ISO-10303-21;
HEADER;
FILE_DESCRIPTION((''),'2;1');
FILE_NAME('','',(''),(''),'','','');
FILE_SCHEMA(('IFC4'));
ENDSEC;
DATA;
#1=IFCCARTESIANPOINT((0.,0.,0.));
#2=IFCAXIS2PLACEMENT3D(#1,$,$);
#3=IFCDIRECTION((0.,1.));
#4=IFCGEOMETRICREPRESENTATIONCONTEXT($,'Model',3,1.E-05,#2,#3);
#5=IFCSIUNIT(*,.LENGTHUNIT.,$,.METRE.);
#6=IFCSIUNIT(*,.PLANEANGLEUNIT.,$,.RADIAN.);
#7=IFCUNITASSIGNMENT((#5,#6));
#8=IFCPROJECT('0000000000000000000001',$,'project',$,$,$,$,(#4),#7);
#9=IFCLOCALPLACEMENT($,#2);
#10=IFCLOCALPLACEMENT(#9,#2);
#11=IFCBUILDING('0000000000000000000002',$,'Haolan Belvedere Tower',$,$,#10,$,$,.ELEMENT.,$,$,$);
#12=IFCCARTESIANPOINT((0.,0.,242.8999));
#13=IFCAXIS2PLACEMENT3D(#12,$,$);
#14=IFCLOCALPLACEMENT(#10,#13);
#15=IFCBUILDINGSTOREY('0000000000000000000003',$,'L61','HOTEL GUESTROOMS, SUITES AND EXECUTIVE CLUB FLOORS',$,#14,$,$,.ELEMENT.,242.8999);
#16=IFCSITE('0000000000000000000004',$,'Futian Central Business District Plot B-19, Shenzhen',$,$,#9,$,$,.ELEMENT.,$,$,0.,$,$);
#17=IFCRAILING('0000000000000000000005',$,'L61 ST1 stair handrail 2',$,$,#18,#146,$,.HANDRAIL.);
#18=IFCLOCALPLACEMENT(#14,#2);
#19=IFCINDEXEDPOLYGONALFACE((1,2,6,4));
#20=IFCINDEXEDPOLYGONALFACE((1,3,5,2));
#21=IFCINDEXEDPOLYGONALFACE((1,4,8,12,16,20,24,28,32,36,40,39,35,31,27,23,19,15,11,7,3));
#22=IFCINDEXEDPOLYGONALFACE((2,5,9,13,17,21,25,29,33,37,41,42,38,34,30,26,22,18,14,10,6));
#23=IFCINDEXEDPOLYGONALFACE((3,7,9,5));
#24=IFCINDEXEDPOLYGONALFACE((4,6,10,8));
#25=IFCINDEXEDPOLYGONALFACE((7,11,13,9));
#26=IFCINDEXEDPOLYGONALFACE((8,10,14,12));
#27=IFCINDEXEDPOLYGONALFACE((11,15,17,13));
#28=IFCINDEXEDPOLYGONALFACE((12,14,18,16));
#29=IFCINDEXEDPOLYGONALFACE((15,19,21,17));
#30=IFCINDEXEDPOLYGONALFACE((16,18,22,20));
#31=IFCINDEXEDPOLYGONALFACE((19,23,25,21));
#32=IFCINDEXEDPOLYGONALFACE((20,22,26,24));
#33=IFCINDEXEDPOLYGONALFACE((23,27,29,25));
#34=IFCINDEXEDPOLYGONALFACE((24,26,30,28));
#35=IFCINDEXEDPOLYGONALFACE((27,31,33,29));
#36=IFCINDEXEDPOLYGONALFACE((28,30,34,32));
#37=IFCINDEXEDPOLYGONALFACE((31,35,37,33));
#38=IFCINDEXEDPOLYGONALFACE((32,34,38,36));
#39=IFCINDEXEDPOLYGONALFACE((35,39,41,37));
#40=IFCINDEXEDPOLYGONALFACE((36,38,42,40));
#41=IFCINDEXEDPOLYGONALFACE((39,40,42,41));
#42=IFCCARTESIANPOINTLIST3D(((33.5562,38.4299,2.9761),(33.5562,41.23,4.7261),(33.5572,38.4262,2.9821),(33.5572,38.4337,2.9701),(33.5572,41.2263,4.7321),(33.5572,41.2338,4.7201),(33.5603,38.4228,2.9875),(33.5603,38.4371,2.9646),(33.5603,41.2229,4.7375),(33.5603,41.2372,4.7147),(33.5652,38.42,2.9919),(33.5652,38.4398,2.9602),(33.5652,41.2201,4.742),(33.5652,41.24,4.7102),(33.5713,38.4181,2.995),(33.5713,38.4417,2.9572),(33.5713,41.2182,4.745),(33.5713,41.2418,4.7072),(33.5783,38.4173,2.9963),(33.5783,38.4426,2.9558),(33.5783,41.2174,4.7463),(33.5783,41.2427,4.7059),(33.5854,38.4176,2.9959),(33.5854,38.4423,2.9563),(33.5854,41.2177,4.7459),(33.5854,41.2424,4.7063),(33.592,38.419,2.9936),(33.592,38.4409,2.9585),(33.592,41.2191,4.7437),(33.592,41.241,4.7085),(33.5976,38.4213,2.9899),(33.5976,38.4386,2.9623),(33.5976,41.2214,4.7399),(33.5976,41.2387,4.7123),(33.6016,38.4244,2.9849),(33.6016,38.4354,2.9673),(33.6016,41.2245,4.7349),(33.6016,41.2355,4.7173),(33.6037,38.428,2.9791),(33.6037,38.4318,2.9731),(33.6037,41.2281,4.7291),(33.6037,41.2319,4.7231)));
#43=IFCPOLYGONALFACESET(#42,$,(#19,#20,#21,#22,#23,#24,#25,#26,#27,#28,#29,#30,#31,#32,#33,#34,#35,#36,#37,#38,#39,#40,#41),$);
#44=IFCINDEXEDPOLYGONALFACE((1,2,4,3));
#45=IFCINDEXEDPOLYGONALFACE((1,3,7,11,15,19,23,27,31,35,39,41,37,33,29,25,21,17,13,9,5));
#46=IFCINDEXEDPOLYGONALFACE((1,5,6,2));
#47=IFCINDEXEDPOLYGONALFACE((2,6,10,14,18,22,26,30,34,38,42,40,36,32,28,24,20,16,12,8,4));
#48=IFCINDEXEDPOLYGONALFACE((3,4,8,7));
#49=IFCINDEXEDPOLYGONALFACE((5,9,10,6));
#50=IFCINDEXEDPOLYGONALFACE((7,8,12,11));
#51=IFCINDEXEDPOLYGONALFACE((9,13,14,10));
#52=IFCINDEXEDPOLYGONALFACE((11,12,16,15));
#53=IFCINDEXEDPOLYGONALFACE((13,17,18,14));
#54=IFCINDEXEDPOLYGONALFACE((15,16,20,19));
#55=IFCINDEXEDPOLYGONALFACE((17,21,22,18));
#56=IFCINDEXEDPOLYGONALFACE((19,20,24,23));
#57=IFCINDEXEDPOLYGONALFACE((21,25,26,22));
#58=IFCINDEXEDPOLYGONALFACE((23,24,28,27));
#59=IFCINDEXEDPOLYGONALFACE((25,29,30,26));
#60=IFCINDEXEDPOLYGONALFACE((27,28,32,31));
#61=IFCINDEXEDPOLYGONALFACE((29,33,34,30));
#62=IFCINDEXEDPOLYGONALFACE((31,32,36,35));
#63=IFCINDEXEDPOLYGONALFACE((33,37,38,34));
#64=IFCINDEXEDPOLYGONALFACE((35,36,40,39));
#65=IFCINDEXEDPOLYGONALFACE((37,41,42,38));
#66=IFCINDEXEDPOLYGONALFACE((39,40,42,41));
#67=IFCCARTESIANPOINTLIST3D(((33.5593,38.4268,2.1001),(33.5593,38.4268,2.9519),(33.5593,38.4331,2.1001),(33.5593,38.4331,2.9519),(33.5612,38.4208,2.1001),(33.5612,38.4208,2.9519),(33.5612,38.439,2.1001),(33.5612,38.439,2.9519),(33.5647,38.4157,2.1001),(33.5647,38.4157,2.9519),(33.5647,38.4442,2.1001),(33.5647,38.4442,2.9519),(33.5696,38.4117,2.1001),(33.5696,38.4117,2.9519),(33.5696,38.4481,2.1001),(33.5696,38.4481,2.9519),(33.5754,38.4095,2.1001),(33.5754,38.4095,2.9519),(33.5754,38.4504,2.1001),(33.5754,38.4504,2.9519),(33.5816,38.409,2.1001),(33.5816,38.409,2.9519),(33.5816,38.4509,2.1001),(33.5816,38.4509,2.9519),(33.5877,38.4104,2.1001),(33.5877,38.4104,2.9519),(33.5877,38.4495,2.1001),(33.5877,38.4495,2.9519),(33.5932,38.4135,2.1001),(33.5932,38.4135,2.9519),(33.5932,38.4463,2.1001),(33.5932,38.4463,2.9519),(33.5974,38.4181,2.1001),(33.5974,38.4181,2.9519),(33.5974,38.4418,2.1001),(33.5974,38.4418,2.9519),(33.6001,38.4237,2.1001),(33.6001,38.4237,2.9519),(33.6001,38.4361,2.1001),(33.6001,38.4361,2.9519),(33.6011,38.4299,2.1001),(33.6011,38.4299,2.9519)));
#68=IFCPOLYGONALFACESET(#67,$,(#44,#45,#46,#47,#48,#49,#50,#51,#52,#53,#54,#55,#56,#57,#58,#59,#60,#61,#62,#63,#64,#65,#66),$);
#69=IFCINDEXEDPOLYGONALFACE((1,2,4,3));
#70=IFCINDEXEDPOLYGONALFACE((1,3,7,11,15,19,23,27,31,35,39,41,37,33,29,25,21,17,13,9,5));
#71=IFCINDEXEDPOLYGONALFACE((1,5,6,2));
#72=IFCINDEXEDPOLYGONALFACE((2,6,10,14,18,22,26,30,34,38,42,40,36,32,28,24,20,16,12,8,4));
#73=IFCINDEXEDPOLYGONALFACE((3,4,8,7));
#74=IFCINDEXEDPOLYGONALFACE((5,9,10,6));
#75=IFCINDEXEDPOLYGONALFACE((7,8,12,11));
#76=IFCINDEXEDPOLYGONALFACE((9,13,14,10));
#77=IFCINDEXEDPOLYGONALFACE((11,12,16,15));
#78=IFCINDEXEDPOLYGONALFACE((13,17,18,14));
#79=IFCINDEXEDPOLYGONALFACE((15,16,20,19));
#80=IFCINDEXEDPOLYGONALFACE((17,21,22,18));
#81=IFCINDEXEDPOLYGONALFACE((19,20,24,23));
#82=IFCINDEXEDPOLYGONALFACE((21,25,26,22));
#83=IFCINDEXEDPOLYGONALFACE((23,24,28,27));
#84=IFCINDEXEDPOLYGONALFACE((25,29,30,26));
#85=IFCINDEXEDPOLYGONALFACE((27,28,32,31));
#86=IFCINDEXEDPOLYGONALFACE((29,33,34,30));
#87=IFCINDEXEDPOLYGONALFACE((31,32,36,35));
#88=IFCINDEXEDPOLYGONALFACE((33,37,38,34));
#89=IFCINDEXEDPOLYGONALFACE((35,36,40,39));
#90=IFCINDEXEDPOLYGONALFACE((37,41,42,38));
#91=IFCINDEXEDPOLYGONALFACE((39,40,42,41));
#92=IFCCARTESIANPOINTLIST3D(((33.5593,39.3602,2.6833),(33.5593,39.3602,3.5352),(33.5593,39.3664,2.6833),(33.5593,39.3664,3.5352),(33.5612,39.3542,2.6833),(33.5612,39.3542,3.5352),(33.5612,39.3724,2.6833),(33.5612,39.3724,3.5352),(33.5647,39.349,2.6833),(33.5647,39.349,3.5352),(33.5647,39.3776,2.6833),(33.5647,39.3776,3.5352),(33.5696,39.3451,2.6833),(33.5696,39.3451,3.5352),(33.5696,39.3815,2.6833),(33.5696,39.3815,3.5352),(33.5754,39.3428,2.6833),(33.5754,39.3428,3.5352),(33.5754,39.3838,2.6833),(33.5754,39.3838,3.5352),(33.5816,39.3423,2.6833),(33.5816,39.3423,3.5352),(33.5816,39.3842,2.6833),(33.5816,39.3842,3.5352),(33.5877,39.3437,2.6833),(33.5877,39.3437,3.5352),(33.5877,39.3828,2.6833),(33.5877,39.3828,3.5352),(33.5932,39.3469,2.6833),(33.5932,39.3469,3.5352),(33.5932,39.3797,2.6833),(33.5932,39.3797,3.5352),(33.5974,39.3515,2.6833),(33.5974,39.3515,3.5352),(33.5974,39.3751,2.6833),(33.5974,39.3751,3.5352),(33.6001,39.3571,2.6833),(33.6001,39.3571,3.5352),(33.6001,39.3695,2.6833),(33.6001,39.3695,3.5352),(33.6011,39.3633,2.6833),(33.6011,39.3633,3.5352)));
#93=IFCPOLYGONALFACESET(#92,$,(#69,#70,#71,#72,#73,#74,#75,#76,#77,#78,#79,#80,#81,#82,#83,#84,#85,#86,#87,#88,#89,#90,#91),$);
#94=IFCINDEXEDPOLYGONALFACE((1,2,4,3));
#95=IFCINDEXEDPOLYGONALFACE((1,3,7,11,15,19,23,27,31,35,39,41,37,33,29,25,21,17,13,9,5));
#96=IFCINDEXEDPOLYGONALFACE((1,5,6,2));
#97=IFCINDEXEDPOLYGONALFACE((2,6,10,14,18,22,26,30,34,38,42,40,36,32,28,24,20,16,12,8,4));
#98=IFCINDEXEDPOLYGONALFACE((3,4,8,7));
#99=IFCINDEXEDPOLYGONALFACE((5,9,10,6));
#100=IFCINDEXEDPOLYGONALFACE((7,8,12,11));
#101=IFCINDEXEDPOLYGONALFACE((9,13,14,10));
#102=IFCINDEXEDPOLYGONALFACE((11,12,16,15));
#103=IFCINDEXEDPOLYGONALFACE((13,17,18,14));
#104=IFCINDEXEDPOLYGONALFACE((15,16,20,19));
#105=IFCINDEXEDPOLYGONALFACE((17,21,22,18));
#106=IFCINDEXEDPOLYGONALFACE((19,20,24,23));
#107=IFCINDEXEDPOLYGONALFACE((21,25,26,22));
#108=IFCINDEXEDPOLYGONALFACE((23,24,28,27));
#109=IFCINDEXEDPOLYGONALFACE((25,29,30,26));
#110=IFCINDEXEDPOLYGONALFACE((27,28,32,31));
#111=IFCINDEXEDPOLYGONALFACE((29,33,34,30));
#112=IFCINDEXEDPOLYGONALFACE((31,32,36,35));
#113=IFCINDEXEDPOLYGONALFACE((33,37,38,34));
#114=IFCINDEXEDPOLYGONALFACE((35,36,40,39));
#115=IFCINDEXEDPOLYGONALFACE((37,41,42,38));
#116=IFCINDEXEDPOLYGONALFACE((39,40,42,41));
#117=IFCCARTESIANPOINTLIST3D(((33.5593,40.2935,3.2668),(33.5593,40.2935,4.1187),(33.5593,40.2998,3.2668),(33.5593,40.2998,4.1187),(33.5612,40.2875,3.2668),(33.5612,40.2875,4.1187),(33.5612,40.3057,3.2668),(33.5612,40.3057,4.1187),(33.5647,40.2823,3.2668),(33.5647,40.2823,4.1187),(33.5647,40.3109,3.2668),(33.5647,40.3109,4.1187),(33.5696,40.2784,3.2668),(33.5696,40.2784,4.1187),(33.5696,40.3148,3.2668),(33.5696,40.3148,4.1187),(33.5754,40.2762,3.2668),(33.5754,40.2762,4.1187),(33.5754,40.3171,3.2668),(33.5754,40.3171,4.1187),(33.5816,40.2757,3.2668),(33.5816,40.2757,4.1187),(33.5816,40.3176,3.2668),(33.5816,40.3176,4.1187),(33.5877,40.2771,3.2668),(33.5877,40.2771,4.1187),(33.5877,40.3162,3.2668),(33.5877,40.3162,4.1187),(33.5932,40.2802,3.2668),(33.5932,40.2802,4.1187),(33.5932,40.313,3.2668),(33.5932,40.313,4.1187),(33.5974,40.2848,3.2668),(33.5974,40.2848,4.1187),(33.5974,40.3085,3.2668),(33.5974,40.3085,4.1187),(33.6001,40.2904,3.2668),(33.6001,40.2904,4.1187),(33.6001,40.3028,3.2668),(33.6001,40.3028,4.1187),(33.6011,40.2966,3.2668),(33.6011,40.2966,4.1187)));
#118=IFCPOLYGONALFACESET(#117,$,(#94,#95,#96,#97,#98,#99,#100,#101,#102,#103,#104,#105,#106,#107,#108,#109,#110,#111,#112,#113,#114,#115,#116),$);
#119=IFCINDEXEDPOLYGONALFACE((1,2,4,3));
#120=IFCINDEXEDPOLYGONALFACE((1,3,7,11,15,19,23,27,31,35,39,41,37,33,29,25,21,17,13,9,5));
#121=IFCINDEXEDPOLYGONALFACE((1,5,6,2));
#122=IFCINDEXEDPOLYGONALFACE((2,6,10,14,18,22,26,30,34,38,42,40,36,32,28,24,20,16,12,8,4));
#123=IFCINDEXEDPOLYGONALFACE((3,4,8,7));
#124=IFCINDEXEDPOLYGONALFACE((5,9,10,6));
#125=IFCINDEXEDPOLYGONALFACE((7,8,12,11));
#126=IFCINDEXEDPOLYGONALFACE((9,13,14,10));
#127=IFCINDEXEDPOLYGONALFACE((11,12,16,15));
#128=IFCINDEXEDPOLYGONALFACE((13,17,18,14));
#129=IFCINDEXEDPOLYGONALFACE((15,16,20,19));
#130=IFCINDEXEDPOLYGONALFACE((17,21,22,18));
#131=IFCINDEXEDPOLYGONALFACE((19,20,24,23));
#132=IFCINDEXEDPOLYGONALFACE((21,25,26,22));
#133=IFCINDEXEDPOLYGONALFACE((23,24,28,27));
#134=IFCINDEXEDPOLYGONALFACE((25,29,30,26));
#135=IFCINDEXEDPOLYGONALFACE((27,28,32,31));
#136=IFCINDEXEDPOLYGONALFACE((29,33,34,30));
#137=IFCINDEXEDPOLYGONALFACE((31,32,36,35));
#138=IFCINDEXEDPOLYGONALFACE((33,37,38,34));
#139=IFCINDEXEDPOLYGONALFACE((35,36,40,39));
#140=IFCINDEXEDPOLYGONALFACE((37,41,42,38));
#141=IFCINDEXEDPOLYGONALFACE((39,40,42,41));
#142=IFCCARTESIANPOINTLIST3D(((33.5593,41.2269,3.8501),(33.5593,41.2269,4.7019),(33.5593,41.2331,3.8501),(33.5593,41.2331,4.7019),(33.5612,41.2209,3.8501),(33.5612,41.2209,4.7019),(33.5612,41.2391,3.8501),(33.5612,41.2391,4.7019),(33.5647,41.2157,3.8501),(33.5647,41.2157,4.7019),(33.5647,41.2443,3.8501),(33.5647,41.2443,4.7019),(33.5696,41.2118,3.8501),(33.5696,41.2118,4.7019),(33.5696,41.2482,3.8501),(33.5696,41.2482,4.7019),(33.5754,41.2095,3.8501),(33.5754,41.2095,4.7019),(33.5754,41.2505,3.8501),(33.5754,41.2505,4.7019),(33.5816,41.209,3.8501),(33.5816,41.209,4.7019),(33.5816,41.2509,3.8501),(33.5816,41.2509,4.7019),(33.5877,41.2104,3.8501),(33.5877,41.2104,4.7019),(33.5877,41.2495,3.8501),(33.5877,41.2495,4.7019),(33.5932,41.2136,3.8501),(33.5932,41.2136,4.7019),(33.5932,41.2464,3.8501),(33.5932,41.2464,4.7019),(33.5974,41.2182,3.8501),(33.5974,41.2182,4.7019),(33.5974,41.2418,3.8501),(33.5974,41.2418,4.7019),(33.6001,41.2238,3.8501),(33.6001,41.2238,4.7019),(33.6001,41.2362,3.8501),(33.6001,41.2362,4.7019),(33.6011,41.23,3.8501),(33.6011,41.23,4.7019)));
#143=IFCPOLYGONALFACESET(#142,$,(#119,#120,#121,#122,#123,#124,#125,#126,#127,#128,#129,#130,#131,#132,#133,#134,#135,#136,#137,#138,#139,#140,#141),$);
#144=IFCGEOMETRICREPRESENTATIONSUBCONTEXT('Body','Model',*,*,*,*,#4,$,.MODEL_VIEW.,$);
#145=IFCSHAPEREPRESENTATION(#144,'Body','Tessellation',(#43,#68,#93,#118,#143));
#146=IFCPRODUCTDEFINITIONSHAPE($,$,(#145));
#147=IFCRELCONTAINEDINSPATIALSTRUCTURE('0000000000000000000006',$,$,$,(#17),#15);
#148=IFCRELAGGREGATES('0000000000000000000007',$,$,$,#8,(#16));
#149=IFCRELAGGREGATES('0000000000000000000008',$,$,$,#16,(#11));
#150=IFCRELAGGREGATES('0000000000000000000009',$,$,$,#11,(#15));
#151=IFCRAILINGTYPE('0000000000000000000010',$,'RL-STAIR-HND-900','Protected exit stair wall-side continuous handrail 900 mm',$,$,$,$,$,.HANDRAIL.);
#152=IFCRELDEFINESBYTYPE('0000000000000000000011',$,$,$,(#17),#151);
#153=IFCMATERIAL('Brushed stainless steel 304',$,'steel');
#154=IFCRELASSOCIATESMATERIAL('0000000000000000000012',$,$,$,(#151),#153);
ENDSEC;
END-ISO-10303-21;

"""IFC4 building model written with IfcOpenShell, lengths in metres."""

from ifc_helpers import new_model, si_unit, direction, frame, origin, origin_2d, place, context, subcontext, project, spatial, circle, extrude, material, type_object, element, save


model = new_model("IFC4")

# Units and contexts
model_context = context("Model", 3, precision=1e-05, world=origin(), true_north=direction((0.0, 1.0)))
body_context = subcontext(model_context, "Body", "Model", "MODEL_VIEW")
ifc_project = project(units=[si_unit("LENGTHUNIT", "METRE"), si_unit("PLANEANGLEUNIT", "RADIAN")], contexts=[model_context])

# Site, building, storey
site_placement = place(None, origin())
site = spatial("IfcSite", under=ifc_project, at=site_placement, Name="Futian Central Business District Plot B-19, Shenzhen", CompositionType="ELEMENT", RefElevation=0.0)
building_placement = place(site_placement, origin())
building = spatial("IfcBuilding", under=site, at=building_placement, Name="Haolan Belvedere Tower", CompositionType="ELEMENT")
storey_placement = place(building_placement, frame((0.0, 0.0, 242.8999)))
storey = spatial("IfcBuildingStorey", under=building, at=storey_placement, Name="L61", Description="HOTEL GUESTROOMS, SUITES AND EXECUTIVE CLUB FLOORS", CompositionType="ELEMENT", Elevation=242.8999)

# Railing
ifc_material_1 = material(Name="Brushed stainless steel 304", Category="steel")
railing_type_1 = type_object("IfcRailingType", Name="RL-STAIR-HND-900", Description="Protected exit stair wall-side continuous handrail 900 mm", PredefinedType="HANDRAIL", material=ifc_material_1)
for number, where, name in (
    (1, (33.5801, 38.4299, 2.1001), "L61 ST1 stair handrail 2"),
):
    element("IfcRailing", number, at=place(storey_placement, frame(where)), inside=storey, type_object=railing_type_1, Name=name, PredefinedType="HANDRAIL", context=body_context, shape_type="SweptSolid", body=[
        extrude(circle(Radius=0.0239, at=origin_2d()), frame((0.0, 0.0, 0.876), z_axis=(0.0, 0.848002, 0.529992), x_axis=(-1.0, 0.0, 0.0)), (0.0, 0.0, 1.0), 3.302),
        extrude(circle(Radius=0.021, at=origin_2d()), origin(), (0.0, 0.0, 1.0), 0.8518),
        extrude(circle(Radius=0.021, at=origin_2d()), frame((0.0, 0.9333, 0.5833)), (0.0, 0.0, 1.0), 0.8518),
        extrude(circle(Radius=0.021, at=origin_2d()), frame((0.0, 1.8667, 1.1667)), (0.0, 0.0, 1.0), 0.8518),
        extrude(circle(Radius=0.021, at=origin_2d()), frame((0.0, 2.8, 1.75)), (0.0, 0.0, 1.0), 0.8518),
    ])

save(model, "model.ifc")
